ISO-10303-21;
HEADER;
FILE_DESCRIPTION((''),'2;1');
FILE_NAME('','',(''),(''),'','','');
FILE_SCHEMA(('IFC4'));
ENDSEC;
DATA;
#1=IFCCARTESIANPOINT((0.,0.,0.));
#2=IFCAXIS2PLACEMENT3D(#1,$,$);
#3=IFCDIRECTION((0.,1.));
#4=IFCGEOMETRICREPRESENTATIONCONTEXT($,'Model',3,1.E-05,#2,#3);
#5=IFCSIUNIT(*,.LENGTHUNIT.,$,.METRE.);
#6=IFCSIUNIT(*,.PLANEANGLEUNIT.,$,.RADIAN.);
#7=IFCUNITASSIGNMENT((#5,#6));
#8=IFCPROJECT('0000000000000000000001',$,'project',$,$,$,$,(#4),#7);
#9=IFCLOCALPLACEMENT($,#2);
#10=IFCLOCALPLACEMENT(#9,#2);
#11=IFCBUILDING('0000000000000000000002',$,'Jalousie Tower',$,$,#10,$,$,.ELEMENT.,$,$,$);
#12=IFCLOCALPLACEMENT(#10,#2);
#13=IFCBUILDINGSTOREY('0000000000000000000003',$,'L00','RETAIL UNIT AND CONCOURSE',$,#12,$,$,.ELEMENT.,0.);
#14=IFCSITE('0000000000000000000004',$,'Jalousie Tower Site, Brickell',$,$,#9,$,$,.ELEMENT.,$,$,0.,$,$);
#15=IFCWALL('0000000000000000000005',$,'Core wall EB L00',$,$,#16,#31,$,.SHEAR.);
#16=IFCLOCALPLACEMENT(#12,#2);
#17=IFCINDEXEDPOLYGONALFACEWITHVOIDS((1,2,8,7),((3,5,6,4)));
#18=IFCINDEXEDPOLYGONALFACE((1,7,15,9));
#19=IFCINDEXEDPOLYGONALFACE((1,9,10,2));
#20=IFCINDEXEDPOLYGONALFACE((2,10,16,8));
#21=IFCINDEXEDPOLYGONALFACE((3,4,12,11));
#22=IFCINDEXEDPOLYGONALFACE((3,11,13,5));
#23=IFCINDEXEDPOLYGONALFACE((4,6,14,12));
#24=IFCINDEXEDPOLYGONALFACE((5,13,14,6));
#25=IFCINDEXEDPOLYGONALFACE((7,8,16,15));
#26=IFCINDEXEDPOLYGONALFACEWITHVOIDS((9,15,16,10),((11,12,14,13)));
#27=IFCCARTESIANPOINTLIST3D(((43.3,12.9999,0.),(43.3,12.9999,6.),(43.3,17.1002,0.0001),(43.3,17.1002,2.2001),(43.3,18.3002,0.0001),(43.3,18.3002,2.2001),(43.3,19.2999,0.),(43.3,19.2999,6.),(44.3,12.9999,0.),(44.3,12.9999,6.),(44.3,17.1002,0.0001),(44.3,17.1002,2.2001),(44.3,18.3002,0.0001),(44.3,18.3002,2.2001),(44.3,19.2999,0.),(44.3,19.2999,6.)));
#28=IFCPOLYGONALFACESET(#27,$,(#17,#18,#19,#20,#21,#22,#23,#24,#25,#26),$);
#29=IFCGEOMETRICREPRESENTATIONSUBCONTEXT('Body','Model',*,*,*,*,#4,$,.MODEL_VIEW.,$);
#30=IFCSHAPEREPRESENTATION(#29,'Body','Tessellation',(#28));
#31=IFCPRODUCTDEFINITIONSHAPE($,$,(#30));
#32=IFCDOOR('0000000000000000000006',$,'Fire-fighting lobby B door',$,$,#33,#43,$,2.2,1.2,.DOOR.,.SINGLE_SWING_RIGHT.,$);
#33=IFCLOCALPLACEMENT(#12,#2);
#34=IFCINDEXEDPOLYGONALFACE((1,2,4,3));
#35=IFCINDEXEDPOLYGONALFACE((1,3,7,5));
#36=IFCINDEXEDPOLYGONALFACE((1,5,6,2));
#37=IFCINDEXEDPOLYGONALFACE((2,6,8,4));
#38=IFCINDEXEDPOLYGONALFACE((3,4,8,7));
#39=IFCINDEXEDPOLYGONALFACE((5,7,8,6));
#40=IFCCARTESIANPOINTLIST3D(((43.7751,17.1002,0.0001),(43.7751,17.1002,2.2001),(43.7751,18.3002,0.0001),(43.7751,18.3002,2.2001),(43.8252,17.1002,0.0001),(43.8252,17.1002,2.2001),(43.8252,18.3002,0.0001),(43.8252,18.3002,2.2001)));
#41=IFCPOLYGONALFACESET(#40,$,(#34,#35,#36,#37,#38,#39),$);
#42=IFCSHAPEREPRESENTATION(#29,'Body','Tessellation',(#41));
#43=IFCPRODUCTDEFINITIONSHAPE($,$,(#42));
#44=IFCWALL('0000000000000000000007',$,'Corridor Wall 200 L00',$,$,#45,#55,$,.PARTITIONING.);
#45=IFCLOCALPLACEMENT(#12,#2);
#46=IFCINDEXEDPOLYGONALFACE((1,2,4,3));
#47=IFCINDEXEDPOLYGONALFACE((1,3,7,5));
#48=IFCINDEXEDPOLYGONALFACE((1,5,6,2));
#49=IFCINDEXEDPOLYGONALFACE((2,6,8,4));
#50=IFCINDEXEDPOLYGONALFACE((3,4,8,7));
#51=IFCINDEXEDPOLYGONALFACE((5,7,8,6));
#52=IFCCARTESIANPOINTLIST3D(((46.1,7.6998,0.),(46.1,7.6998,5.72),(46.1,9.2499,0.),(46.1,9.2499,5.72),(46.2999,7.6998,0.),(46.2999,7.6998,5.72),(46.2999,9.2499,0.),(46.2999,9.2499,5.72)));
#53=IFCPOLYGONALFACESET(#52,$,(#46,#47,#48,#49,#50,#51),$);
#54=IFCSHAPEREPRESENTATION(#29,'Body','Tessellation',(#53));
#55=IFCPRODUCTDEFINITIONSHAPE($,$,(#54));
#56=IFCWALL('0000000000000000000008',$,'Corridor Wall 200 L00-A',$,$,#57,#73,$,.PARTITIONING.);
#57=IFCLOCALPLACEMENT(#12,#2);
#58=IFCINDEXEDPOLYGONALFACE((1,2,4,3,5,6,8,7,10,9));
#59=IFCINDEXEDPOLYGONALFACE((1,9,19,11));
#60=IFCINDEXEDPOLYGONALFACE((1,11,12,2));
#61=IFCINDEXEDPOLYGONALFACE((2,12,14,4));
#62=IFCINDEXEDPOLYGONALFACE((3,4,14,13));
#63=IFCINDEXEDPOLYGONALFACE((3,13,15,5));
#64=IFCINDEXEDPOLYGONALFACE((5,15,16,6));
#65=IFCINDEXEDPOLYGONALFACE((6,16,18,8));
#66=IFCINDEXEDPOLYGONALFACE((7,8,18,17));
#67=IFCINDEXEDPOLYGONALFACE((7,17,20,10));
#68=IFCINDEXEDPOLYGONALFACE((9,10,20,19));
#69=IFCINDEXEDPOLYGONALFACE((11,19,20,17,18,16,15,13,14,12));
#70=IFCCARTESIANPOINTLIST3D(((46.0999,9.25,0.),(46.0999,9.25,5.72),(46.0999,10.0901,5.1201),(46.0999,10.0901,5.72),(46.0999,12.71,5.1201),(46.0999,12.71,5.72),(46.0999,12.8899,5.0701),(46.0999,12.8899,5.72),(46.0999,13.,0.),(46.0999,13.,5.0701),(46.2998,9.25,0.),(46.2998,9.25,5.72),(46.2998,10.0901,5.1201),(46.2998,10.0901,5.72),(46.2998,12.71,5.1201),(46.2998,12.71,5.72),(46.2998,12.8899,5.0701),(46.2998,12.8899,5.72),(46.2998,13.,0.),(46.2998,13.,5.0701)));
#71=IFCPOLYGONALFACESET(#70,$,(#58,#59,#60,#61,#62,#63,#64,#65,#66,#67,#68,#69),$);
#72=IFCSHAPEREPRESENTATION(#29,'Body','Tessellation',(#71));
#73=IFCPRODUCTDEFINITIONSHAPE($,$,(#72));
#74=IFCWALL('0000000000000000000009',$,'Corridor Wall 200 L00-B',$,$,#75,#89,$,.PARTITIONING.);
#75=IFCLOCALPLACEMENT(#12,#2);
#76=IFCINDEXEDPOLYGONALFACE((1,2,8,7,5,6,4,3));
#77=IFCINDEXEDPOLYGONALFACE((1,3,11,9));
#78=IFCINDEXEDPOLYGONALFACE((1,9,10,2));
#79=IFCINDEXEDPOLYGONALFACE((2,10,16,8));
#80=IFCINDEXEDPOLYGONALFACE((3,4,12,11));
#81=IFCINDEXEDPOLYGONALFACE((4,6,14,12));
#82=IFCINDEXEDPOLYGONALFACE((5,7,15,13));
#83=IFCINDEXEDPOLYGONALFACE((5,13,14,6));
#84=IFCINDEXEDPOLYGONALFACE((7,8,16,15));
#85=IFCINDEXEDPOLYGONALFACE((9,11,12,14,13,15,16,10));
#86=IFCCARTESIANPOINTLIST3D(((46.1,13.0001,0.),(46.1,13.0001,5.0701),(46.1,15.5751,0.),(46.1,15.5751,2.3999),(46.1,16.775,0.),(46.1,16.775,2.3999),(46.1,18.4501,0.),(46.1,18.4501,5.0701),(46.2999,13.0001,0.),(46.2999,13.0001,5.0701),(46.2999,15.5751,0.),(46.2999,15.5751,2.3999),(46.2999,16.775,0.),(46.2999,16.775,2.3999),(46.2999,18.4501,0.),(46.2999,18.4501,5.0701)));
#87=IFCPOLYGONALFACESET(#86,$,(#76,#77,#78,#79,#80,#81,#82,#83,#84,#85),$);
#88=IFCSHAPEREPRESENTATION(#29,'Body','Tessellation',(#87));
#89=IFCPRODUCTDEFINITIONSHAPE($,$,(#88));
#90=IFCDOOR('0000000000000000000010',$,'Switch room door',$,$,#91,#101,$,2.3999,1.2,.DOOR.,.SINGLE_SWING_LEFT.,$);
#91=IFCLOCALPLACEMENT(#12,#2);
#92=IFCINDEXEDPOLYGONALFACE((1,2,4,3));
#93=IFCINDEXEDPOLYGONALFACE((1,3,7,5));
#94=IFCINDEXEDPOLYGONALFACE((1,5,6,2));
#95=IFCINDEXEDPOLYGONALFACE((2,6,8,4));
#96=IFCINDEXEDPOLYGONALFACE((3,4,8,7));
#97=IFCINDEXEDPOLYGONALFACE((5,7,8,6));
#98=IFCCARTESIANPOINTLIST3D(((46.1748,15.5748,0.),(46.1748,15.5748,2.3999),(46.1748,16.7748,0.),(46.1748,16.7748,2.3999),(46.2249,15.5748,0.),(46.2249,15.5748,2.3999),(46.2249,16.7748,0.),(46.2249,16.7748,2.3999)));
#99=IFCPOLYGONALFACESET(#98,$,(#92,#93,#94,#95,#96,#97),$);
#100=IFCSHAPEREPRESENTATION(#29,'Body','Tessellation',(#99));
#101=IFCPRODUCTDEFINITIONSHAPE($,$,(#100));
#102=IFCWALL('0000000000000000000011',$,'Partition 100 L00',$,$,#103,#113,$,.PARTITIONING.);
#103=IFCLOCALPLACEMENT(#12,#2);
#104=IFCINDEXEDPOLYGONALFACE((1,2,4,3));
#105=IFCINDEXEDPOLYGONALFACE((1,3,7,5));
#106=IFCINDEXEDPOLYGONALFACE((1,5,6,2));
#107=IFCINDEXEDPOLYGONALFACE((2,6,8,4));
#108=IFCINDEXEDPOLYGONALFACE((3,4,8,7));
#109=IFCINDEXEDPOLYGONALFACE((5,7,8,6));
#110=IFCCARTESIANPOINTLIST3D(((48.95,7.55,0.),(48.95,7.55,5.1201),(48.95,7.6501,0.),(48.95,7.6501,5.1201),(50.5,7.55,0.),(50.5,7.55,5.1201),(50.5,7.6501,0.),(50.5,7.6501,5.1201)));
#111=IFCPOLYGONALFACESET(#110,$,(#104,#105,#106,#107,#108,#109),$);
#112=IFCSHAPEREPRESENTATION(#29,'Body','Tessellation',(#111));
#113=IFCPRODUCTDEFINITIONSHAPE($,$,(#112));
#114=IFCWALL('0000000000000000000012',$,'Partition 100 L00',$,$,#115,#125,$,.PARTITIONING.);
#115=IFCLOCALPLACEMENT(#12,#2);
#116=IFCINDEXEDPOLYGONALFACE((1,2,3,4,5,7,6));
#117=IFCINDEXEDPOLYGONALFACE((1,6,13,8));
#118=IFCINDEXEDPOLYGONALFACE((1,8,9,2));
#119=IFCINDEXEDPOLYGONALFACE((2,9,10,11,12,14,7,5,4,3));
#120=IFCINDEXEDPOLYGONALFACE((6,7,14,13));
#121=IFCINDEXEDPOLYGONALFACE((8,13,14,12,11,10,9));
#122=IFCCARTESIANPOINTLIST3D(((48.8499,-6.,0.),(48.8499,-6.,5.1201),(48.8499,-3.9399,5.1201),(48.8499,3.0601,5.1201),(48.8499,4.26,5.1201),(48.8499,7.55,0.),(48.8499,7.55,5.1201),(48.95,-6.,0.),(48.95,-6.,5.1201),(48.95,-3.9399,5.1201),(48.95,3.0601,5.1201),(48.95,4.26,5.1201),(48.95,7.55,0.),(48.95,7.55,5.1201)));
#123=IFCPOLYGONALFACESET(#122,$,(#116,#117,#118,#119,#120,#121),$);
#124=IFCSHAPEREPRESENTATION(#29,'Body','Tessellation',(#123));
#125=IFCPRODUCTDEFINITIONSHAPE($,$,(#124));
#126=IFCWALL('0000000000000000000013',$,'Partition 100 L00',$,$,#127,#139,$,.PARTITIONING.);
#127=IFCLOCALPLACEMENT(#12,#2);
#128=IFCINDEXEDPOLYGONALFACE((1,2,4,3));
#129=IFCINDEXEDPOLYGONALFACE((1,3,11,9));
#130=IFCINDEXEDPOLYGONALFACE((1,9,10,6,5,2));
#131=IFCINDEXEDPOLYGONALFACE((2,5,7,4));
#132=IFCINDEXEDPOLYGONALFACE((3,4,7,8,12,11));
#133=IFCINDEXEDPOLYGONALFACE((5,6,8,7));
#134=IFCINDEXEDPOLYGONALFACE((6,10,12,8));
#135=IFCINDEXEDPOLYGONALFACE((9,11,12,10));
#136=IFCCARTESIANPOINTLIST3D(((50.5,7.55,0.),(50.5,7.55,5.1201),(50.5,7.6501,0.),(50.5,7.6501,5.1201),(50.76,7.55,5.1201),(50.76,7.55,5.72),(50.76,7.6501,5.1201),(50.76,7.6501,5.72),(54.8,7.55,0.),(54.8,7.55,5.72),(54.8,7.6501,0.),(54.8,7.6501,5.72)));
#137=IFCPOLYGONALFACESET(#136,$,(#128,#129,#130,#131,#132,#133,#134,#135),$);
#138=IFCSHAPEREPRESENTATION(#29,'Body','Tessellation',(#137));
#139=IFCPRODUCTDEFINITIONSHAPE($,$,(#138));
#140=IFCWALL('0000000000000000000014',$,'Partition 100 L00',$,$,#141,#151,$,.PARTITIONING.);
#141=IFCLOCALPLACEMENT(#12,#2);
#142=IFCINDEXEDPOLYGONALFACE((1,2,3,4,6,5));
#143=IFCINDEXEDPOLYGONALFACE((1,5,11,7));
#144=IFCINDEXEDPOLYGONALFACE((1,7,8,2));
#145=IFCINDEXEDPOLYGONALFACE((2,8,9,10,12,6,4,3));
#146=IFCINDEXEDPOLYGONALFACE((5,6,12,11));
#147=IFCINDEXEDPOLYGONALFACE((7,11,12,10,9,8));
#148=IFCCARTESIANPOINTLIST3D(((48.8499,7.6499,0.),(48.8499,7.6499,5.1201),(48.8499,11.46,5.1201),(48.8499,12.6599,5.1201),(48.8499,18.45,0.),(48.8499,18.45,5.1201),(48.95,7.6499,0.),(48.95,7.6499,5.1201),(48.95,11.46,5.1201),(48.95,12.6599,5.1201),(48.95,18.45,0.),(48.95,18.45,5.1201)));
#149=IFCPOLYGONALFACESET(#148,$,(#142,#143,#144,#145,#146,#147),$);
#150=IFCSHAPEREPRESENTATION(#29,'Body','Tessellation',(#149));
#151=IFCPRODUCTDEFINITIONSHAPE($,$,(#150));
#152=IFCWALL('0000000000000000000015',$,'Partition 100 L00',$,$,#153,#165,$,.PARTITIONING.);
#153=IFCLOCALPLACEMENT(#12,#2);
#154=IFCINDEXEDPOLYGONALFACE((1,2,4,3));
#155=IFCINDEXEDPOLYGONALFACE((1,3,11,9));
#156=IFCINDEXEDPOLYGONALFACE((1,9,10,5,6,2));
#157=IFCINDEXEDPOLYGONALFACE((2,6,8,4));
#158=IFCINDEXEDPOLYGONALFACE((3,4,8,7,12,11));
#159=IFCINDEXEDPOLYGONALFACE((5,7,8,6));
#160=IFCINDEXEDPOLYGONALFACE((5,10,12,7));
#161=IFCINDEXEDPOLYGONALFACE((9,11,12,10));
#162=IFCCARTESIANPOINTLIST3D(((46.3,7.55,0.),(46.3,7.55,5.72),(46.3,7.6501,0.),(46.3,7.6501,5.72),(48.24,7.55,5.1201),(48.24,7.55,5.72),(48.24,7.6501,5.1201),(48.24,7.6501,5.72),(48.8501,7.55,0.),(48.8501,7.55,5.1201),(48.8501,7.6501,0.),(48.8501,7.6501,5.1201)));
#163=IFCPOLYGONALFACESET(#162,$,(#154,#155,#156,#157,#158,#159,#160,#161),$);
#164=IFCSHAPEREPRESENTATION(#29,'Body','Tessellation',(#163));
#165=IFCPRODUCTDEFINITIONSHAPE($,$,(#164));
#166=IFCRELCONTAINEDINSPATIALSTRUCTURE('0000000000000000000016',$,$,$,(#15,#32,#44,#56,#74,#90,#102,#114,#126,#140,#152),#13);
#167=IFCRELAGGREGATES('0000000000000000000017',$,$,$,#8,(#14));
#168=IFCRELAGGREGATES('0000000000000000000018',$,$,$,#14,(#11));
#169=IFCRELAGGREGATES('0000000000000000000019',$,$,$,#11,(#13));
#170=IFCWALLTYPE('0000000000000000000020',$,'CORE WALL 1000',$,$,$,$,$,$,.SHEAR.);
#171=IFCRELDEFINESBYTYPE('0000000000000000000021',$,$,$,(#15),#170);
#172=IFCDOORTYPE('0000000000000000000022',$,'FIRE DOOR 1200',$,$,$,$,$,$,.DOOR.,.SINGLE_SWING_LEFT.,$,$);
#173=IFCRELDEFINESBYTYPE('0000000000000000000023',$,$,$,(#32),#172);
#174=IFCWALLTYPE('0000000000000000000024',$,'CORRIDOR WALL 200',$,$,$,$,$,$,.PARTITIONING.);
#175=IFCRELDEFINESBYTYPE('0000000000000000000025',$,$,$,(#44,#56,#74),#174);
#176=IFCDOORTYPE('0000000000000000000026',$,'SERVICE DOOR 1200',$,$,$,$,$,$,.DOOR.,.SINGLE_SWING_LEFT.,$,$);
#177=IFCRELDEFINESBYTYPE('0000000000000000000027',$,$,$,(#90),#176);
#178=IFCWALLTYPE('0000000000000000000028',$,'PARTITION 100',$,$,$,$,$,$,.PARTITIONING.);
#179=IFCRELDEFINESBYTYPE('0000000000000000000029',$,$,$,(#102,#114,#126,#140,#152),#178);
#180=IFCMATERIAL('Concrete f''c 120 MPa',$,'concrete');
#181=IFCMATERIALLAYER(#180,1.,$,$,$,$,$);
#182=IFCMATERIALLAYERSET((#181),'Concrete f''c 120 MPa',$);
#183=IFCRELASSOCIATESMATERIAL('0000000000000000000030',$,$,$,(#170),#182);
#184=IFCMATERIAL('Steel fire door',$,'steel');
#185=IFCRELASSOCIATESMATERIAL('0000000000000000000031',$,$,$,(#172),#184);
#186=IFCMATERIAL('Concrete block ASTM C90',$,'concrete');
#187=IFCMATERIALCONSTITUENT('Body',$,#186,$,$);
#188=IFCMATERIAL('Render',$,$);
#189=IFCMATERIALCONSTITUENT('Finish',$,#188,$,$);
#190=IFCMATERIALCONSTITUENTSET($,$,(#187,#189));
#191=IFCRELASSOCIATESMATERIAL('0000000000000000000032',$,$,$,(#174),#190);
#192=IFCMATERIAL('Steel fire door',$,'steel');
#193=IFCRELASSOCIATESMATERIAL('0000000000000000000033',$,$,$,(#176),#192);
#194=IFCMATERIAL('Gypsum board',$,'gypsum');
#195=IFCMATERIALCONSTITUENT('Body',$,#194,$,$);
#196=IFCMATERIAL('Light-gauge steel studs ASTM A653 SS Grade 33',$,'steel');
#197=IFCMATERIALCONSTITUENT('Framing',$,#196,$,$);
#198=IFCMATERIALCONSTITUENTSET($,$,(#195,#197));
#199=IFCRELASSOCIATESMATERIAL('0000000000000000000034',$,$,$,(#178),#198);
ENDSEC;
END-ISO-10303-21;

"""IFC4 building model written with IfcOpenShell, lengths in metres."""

from ifc_helpers import new_model, si_unit, direction, frame, frame_2d, origin, place, context, subcontext, project, spatial, polyline, rectangle, outline, extrude, material, layer, layer_set, constituent, constituent_set, type_object, element, fill, save


model = new_model("IFC4")

# Units and contexts
model_context = context("Model", 3, precision=1e-05, world=origin(), true_north=direction((0.0, 1.0)))
body_context = subcontext(model_context, "Body", "Model", "MODEL_VIEW")
ifc_project = project(units=[si_unit("LENGTHUNIT", "METRE"), si_unit("PLANEANGLEUNIT", "RADIAN")], contexts=[model_context])

# Site, building, storey
site_placement = place(None, origin())
site = spatial("IfcSite", under=ifc_project, at=site_placement, Name="Jalousie Tower Site, Brickell", CompositionType="ELEMENT", RefElevation=0.0)
building_placement = place(site_placement, origin())
building = spatial("IfcBuilding", under=site, at=building_placement, Name="Jalousie Tower", CompositionType="ELEMENT")
storey_placement = place(building_placement, origin())
storey = spatial("IfcBuildingStorey", under=building, at=storey_placement, Name="L00", Description="RETAIL UNIT AND CONCOURSE", CompositionType="ELEMENT", Elevation=0.0)

# Shared definitions
ifc_material_1 = material(Name="Concrete f'c 120 MPa", Category="concrete")
ifc_layer_1 = layer(ifc_material_1, 1.0)
ifc_layer_set_1 = layer_set([ifc_layer_1], Name="Concrete f'c 120 MPa")
wall_type_1 = type_object("IfcWallType", Name="CORE WALL 1000", PredefinedType="SHEAR", material=ifc_layer_set_1)

# Wall, opening, door
wall_1_placement = place(storey_placement, frame((43.8, 13.0, 0.0), z_axis=(0.0, 0.0, 1.0), x_axis=(0.0, 1.0, 0.0)))
wall_1 = element("IfcWall", 1, at=wall_1_placement, inside=storey, type_object=wall_type_1, Name="Core wall EB L00", PredefinedType="SHEAR", context=body_context, shape_type="SweptSolid", body=[
    extrude(rectangle(XDim=6.3, YDim=1.0, at=frame_2d((3.1499, 0.0))), origin(), (0.0, 0.0, 1.0), 6.0),
])
opening_1_placement = place(wall_1_placement, frame((4.1001, 0.0, 0.0)))
opening_1 = element("IfcOpeningElement", 2, at=opening_1_placement, cuts=wall_1, PredefinedType="OPENING", context=body_context, shape_type="SweptSolid", body=[
    extrude(rectangle(XDim=1.2, YDim=2.2, at=frame_2d((0.6001, 1.1001))), frame((0.0, 0.51, 0.0), z_axis=(0.0, -1.0, 0.0), x_axis=(1.0, 0.0, 0.0)), (0.0, 0.0, 1.0), 1.02),
])
ifc_material_2 = material(Name="Steel fire door", Category="steel")
door_type_1 = type_object("IfcDoorType", Name="FIRE DOOR 1200", OperationType="SINGLE_SWING_LEFT", PredefinedType="DOOR", material=ifc_material_2)
door_1_placement = place(opening_1_placement, origin())
door_1 = element("IfcDoor", 3, at=door_1_placement, inside=storey, type_object=door_type_1, Name="Fire-fighting lobby B door", OperationType="SINGLE_SWING_RIGHT", OverallHeight=2.2, OverallWidth=1.2, PredefinedType="DOOR", context=body_context, shape_type="SweptSolid", body=[
    extrude(rectangle(XDim=1.2, YDim=2.2, at=frame_2d((0.6001, 1.1001))), frame((0.0, 0.0249, 0.0), z_axis=(0.0, -1.0, 0.0), x_axis=(1.0, 0.0, 0.0)), (0.0, 0.0, 1.0), 0.05),
])
fill(opening_1, door_1)

# Walls
ifc_material_3 = material(Name="Concrete block ASTM C90", Category="concrete")
ifc_constituent_1 = constituent(ifc_material_3, Name="Body")
ifc_material_4 = material(Name="Render")
ifc_constituent_2 = constituent(ifc_material_4, Name="Finish")
ifc_constituent_set_1 = constituent_set(constituents=[ifc_constituent_1, ifc_constituent_2])
wall_type_2 = type_object("IfcWallType", Name="CORRIDOR WALL 200", PredefinedType="PARTITIONING", material=ifc_constituent_set_1)
wall_2_placement = place(storey_placement, frame((46.2, 7.7, 0.0), z_axis=(0.0, 0.0, 1.0), x_axis=(0.0, 1.0, 0.0)))
element("IfcWall", 4, at=wall_2_placement, inside=storey, type_object=wall_type_2, Name="Corridor Wall 200 L00", PredefinedType="PARTITIONING", context=body_context, shape_type="SweptSolid", body=[
    extrude(rectangle(XDim=1.55, YDim=0.2, at=frame_2d((0.7749, 0.0))), origin(), (0.0, 0.0, 1.0), 5.72),
])
wall_3_placement = place(storey_placement, frame((46.2, 9.25, 0.0), z_axis=(0.0, 0.0, 1.0), x_axis=(0.0, 1.0, 0.0)))
element("IfcWall", 5, at=wall_3_placement, inside=storey, type_object=wall_type_2, Name="Corridor Wall 200 L00-A", PredefinedType="PARTITIONING", context=body_context, shape_type="SweptSolid", body=[
    extrude(outline(polyline([(0.0, 0.0), (3.75, 0.0), (3.75, 5.0701), (3.6399, 5.0701), (3.6399, 5.72), (3.46, 5.72), (3.46, 5.1201), (0.8401, 5.1201), (0.8401, 5.72), (0.0, 5.72), (0.0, 0.0)])), frame((0.0, 0.1001, 0.0), z_axis=(0.0, -1.0, 0.0), x_axis=(1.0, 0.0, 0.0)), (0.0, 0.0, 1.0), 0.2),
])

# Wall, opening, door
wall_4_placement = place(storey_placement, frame((46.2, 13.0, 0.0), z_axis=(0.0, 0.0, 1.0), x_axis=(0.0, 1.0, 0.0)))
wall_4 = element("IfcWall", 6, at=wall_4_placement, inside=storey, type_object=wall_type_2, Name="Corridor Wall 200 L00-B", PredefinedType="PARTITIONING", context=body_context, shape_type="SweptSolid", body=[
    extrude(rectangle(XDim=5.45, YDim=0.2, at=frame_2d((2.7251, 0.0))), origin(), (0.0, 0.0, 1.0), 5.0701),
])
opening_2_placement = place(wall_4_placement, frame((2.575, 0.0, 0.0)))
opening_2 = element("IfcOpeningElement", 7, at=opening_2_placement, cuts=wall_4, PredefinedType="OPENING", context=body_context, shape_type="SweptSolid", body=[
    extrude(rectangle(XDim=1.2, YDim=2.3999, at=frame_2d((0.6001, 1.2))), frame((0.0, 0.1099, 0.0), z_axis=(0.0, -1.0, 0.0), x_axis=(1.0, 0.0, 0.0)), (0.0, 0.0, 1.0), 0.22),
])
ifc_material_5 = material(Name="Steel fire door", Category="steel")
door_type_2 = type_object("IfcDoorType", Name="SERVICE DOOR 1200", OperationType="SINGLE_SWING_LEFT", PredefinedType="DOOR", material=ifc_material_5)
door_2_placement = place(opening_2_placement, frame((1.2, 0.0, 0.0), z_axis=(0.0, 0.0, 1.0), x_axis=(-1.0, 0.0, 0.0)))
door_2 = element("IfcDoor", 8, at=door_2_placement, inside=storey, type_object=door_type_2, Name="Switch room door", OperationType="SINGLE_SWING_LEFT", OverallHeight=2.3999, OverallWidth=1.2, PredefinedType="DOOR", context=body_context, shape_type="SweptSolid", body=[
    extrude(rectangle(XDim=1.2, YDim=2.3999, at=frame_2d((0.6001, 1.2))), frame((0.0, 0.0249, 0.0), z_axis=(0.0, -1.0, 0.0), x_axis=(1.0, 0.0, 0.0)), (0.0, 0.0, 1.0), 0.05),
])
fill(opening_2, door_2)

# Walls
ifc_material_6 = material(Name="Gypsum board", Category="gypsum")
ifc_constituent_3 = constituent(ifc_material_6, Name="Body")
ifc_material_7 = material(Name="Light-gauge steel studs ASTM A653 SS Grade 33", Category="steel")
ifc_constituent_4 = constituent(ifc_material_7, Name="Framing")
ifc_constituent_set_2 = constituent_set(constituents=[ifc_constituent_3, ifc_constituent_4])
wall_type_3 = type_object("IfcWallType", Name="PARTITION 100", PredefinedType="PARTITIONING", material=ifc_constituent_set_2)
wall_5_placement = place(storey_placement, frame((48.95, 7.6001, 0.0), z_axis=(0.0, 0.0, 1.0), x_axis=(1.0, 0.0, 0.0)))
element("IfcWall", 9, at=wall_5_placement, inside=storey, type_object=wall_type_3, Name="Partition 100 L00", PredefinedType="PARTITIONING", context=body_context, shape_type="SweptSolid", body=[
    extrude(outline(polyline([(0.0, 0.0), (1.55, 0.0), (1.55, 5.72), (1.55, 5.1201), (0.0, 5.1201), (0.0, 5.72), (0.0, 0.0)])), frame((0.0, 0.05, 0.0), z_axis=(0.0, -1.0, 0.0), x_axis=(1.0, 0.0, 0.0)), (0.0, 0.0, 1.0), 0.1001),
])
wall_6_placement = place(storey_placement, frame((48.8999, -6.0, 0.0), z_axis=(0.0, 0.0, 1.0), x_axis=(0.0, 1.0, 0.0)))
element("IfcWall", 10, at=wall_6_placement, inside=storey, type_object=wall_type_3, Name="Partition 100 L00", PredefinedType="PARTITIONING", context=body_context, shape_type="SweptSolid", body=[
    extrude(outline(polyline([(0.0, 0.0), (13.55, 0.0), (13.55, 5.72), (13.55, 5.1201), (10.26, 5.1201), (9.0601, 5.1201), (2.0601, 5.1201), (0.0, 5.1201), (0.0, 5.72), (0.0, 0.0)])), frame((0.0, 0.05, 0.0), z_axis=(0.0, -1.0, 0.0), x_axis=(1.0, 0.0, 0.0)), (0.0, 0.0, 1.0), 0.1001),
])
wall_7_placement = place(storey_placement, frame((50.5, 7.6001, 0.0), z_axis=(0.0, 0.0, 1.0), x_axis=(1.0, 0.0, 0.0)))
element("IfcWall", 11, at=wall_7_placement, inside=storey, type_object=wall_type_3, Name="Partition 100 L00", PredefinedType="PARTITIONING", context=body_context, shape_type="SweptSolid", body=[
    extrude(outline(polyline([(0.0, 0.0), (4.3, 0.0), (4.3, 5.72), (0.26, 5.72), (0.26, 5.1201), (0.0, 5.1201), (0.0, 5.72), (0.0, 0.0)])), frame((0.0, 0.05, 0.0), z_axis=(0.0, -1.0, 0.0), x_axis=(1.0, 0.0, 0.0)), (0.0, 0.0, 1.0), 0.1001),
])
wall_8_placement = place(storey_placement, frame((48.8999, 7.6499, 0.0), z_axis=(0.0, 0.0, 1.0), x_axis=(0.0, 1.0, 0.0)))
element("IfcWall", 12, at=wall_8_placement, inside=storey, type_object=wall_type_3, Name="Partition 100 L00", PredefinedType="PARTITIONING", context=body_context, shape_type="SweptSolid", body=[
    extrude(outline(polyline([(0.0, 0.0), (10.8, 0.0), (10.8, 5.72), (10.8, 5.1201), (5.01, 5.1201), (3.8101, 5.1201), (0.0, 5.1201), (0.0, 5.72), (0.0, 0.0)])), frame((0.0, 0.05, 0.0), z_axis=(0.0, -1.0, 0.0), x_axis=(1.0, 0.0, 0.0)), (0.0, 0.0, 1.0), 0.1001),
])
wall_9_placement = place(storey_placement, frame((46.3, 7.6001, 0.0), z_axis=(0.0, 0.0, 1.0), x_axis=(1.0, 0.0, 0.0)))
element("IfcWall", 13, at=wall_9_placement, inside=storey, type_object=wall_type_3, Name="Partition 100 L00", PredefinedType="PARTITIONING", context=body_context, shape_type="SweptSolid", body=[
    extrude(outline(polyline([(0.0, 0.0), (2.55, 0.0), (2.55, 5.72), (2.55, 5.1201), (1.9399, 5.1201), (1.9399, 5.72), (0.0, 5.72), (0.0, 0.0)])), frame((0.0, 0.05, 0.0), z_axis=(0.0, -1.0, 0.0), x_axis=(1.0, 0.0, 0.0)), (0.0, 0.0, 1.0), 0.1001),
])

save(model, "model.ifc")
